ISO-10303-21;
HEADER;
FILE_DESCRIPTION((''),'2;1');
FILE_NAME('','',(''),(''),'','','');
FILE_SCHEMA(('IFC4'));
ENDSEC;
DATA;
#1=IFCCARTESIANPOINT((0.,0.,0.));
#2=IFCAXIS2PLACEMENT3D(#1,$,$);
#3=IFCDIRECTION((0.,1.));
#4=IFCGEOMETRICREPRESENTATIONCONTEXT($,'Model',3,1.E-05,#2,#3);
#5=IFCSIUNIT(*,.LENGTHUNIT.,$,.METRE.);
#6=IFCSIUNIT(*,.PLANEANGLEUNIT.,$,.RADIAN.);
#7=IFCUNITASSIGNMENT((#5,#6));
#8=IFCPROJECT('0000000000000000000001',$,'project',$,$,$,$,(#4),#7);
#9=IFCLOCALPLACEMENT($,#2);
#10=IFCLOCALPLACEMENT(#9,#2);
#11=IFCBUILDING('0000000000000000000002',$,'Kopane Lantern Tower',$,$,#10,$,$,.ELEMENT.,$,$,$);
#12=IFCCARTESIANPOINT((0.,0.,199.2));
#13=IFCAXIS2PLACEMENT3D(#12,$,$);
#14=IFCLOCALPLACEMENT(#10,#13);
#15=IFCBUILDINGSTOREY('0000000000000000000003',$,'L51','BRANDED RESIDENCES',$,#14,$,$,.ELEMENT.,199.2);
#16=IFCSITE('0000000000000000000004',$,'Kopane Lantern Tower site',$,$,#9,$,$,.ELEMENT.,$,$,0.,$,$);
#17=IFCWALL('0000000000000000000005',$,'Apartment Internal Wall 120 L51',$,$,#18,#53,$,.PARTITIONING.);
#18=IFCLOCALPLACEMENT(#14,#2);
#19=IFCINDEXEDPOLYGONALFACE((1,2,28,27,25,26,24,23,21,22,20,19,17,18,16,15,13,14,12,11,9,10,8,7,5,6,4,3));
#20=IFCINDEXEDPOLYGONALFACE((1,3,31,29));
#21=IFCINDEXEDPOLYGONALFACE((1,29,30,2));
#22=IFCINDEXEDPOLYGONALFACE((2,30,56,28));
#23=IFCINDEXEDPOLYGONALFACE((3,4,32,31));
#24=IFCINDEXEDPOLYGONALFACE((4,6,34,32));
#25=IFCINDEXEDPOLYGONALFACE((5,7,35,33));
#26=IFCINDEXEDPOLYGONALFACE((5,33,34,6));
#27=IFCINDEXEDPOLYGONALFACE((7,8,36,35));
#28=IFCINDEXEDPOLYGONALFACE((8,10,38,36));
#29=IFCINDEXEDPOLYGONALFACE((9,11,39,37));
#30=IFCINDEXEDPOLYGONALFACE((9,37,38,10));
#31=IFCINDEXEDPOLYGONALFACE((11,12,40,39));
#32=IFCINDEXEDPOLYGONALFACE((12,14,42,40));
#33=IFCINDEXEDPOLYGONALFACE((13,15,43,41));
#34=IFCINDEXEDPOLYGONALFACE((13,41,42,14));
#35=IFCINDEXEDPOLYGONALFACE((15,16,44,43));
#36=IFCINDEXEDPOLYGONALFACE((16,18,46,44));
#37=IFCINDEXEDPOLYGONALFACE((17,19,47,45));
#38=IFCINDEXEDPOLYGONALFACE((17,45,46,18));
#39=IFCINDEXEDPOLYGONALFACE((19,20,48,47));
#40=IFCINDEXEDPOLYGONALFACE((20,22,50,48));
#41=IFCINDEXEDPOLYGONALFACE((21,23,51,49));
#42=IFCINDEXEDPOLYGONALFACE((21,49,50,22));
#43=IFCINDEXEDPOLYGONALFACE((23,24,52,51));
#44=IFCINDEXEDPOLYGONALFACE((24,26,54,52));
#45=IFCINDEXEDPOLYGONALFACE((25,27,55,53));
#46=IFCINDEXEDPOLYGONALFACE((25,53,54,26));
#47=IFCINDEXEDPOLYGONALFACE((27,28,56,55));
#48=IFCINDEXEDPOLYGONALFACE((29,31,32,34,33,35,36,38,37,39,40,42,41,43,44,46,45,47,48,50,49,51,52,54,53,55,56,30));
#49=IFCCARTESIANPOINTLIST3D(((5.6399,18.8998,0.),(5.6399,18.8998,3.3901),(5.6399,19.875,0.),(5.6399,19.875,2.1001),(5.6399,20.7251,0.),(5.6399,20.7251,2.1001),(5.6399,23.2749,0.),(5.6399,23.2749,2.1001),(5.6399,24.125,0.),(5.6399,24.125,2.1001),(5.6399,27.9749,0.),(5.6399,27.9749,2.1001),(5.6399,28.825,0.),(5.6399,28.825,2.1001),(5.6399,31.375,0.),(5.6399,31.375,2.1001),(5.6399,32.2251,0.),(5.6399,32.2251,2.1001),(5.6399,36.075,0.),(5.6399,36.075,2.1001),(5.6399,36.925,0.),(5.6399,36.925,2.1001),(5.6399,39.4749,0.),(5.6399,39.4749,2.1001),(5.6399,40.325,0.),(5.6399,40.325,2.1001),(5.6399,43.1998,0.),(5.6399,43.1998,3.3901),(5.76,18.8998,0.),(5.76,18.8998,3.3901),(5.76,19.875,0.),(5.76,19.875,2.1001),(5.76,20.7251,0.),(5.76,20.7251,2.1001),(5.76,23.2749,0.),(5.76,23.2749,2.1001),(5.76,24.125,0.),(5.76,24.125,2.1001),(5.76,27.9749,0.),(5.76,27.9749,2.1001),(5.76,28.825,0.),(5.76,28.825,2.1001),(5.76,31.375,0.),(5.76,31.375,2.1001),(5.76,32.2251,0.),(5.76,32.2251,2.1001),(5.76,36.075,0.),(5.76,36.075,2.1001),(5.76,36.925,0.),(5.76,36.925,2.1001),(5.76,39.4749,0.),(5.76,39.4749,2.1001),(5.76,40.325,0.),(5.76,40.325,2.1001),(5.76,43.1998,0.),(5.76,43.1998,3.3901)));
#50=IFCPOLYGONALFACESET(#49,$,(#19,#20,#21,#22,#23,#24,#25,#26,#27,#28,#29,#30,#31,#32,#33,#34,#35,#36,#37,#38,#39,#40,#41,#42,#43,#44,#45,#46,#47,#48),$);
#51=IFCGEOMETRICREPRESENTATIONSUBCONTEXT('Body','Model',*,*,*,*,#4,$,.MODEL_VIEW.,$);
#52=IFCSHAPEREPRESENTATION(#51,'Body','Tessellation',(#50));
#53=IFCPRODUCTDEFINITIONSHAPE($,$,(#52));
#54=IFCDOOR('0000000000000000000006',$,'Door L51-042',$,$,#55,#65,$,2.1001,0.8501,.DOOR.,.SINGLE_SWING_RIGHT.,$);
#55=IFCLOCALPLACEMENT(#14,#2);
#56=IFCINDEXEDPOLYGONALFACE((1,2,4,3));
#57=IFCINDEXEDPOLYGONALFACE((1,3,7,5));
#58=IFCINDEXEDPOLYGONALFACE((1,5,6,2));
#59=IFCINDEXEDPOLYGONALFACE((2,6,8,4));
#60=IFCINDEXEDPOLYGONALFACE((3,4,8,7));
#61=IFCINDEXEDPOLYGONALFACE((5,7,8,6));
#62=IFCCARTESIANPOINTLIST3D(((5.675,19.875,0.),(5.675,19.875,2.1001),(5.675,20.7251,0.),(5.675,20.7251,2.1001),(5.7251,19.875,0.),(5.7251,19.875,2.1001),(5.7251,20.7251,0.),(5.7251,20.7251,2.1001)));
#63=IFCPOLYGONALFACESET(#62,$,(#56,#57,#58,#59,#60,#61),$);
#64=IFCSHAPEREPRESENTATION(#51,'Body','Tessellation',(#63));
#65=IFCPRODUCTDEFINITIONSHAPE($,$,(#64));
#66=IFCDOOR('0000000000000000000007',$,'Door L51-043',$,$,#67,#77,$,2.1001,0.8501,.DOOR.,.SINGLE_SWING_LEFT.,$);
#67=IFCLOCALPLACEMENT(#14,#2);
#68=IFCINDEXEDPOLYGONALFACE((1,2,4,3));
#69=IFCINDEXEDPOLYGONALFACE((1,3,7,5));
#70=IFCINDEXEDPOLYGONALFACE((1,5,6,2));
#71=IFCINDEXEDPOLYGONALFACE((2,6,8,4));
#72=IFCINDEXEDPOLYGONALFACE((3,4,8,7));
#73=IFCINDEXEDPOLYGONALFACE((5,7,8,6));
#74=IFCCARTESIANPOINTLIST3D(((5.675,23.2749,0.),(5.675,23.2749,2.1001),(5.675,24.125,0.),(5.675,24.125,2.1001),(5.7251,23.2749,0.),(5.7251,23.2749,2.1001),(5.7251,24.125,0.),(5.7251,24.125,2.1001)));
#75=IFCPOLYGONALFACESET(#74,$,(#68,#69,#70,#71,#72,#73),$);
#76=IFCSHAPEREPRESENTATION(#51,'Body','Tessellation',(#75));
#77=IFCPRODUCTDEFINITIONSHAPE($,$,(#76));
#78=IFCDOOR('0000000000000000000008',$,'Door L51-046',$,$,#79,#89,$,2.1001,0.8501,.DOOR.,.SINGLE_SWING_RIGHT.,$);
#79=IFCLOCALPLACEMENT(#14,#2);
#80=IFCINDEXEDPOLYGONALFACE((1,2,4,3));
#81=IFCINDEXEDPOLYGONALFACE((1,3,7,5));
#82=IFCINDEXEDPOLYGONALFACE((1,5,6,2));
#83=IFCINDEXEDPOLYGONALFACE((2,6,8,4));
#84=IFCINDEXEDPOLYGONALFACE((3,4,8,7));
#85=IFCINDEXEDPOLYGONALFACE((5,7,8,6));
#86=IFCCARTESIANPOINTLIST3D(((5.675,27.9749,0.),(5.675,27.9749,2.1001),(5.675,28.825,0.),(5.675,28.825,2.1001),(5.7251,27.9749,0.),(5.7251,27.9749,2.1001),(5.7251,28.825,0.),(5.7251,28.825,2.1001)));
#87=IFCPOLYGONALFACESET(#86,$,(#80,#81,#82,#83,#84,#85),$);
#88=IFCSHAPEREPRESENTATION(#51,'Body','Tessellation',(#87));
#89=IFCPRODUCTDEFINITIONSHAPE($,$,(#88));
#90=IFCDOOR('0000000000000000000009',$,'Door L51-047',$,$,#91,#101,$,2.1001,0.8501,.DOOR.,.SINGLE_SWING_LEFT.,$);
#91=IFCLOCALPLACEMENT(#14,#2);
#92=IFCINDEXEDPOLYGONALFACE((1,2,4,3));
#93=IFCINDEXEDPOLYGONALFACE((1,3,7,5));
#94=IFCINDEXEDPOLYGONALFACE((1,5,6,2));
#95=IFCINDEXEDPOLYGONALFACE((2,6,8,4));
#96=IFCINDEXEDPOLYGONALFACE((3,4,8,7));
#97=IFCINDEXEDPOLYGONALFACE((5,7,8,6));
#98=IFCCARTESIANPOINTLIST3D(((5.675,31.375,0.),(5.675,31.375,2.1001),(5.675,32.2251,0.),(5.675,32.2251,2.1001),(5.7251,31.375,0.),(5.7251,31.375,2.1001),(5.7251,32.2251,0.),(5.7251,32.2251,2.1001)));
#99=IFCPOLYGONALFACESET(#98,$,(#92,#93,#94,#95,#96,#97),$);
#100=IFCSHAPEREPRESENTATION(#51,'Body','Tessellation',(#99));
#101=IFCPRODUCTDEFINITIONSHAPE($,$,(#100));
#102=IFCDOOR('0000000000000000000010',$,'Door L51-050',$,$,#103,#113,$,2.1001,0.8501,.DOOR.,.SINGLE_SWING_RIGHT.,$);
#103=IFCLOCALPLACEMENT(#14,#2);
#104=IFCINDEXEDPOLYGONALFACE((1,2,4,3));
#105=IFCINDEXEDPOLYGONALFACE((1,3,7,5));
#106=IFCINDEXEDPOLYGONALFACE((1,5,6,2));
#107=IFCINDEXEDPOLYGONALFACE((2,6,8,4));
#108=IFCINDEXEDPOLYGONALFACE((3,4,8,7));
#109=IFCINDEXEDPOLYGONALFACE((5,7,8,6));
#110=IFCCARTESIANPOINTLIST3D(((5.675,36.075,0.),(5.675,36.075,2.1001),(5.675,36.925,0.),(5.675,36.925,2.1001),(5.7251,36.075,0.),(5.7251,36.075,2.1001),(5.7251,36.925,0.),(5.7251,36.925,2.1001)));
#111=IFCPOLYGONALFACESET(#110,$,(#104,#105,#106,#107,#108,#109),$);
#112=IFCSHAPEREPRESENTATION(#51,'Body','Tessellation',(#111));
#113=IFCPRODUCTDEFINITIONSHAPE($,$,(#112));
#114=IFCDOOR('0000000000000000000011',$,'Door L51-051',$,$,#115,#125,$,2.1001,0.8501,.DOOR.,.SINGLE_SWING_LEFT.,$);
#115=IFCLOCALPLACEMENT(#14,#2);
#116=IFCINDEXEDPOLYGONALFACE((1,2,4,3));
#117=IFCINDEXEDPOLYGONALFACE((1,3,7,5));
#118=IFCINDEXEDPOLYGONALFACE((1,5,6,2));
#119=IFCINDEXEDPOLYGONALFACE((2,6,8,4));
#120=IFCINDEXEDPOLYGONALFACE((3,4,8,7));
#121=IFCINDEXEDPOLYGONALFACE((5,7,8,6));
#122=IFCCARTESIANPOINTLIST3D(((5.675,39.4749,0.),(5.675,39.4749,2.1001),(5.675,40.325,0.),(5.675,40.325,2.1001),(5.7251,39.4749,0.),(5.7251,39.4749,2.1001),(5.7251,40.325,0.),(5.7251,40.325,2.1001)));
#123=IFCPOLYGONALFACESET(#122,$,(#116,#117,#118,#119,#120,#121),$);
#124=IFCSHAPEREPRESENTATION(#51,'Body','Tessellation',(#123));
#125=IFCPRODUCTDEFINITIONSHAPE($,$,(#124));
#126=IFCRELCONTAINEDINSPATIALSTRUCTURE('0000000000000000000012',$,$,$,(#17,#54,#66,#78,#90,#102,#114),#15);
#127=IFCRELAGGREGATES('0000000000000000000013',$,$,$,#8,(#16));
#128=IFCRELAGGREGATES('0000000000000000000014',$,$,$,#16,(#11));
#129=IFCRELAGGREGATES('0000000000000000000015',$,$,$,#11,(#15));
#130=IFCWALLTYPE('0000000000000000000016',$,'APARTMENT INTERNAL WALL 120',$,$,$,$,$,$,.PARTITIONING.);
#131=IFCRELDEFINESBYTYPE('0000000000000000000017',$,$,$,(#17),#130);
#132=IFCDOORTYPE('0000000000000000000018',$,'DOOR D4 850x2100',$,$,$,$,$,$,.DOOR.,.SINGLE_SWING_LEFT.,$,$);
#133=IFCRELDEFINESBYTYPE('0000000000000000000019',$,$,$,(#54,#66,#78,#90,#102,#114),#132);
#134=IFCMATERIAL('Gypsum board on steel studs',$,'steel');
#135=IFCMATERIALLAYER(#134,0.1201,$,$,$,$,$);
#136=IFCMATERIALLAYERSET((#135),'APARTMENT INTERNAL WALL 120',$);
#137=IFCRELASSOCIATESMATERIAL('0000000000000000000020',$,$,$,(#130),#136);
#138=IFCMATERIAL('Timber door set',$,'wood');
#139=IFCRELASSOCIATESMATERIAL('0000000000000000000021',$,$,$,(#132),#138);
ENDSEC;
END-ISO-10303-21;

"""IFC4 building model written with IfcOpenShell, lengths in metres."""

from ifc_helpers import new_model, si_unit, direction, frame, frame_2d, origin, place, context, subcontext, project, spatial, rectangle, extrude, material, layer, layer_set, type_object, element, fill, save


model = new_model("IFC4")

# Units and contexts
model_context = context("Model", 3, precision=1e-05, world=origin(), true_north=direction((0.0, 1.0)))
body_context = subcontext(model_context, "Body", "Model", "MODEL_VIEW")
ifc_project = project(units=[si_unit("LENGTHUNIT", "METRE"), si_unit("PLANEANGLEUNIT", "RADIAN")], contexts=[model_context])

# Site, building, storey
site_placement = place(None, origin())
site = spatial("IfcSite", under=ifc_project, at=site_placement, Name="Kopane Lantern Tower site", CompositionType="ELEMENT", RefElevation=0.0)
building_placement = place(site_placement, origin())
building = spatial("IfcBuilding", under=site, at=building_placement, Name="Kopane Lantern Tower", CompositionType="ELEMENT")
storey_placement = place(building_placement, frame((0.0, 0.0, 199.2)))
storey = spatial("IfcBuildingStorey", under=building, at=storey_placement, Name="L51", Description="BRANDED RESIDENCES", CompositionType="ELEMENT", Elevation=199.2)

# Wall, openings, doors
ifc_material_1 = material(Name="Gypsum board on steel studs", Category="steel")
ifc_layer_1 = layer(ifc_material_1, 0.1201)
ifc_layer_set_1 = layer_set([ifc_layer_1], Name="APARTMENT INTERNAL WALL 120")
wall_type_1 = type_object("IfcWallType", Name="APARTMENT INTERNAL WALL 120", PredefinedType="PARTITIONING", material=ifc_layer_set_1)
wall_1_placement = place(storey_placement, frame((5.7, 18.8999, 0.0), z_axis=(0.0, 0.0, 1.0), x_axis=(0.0, 1.0, 0.0)))
wall_1 = element("IfcWall", 1, at=wall_1_placement, inside=storey, type_object=wall_type_1, Name="Apartment Internal Wall 120 L51", PredefinedType="PARTITIONING", context=body_context, shape_type="SweptSolid", body=[
    extrude(rectangle(XDim=24.3, YDim=0.1201, at=frame_2d((12.1499, 0.0))), origin(), (0.0, 0.0, 1.0), 3.3901),
])
opening_1_placement = place(wall_1_placement, frame((0.9751, 0.0, 0.0)))
opening_1 = element("IfcOpeningElement", 2, at=opening_1_placement, cuts=wall_1, PredefinedType="OPENING", context=body_context, shape_type="SweptSolid", body=[
    extrude(rectangle(XDim=0.8501, YDim=2.1001, at=frame_2d((0.425, 1.05))), frame((0.0, 0.0701, 0.0), z_axis=(0.0, -1.0, 0.0), x_axis=(1.0, 0.0, 0.0)), (0.0, 0.0, 1.0), 0.1401),
])
opening_2_placement = place(wall_1_placement, frame((4.375, 0.0, 0.0)))
opening_2 = element("IfcOpeningElement", 3, at=opening_2_placement, cuts=wall_1, PredefinedType="OPENING", context=body_context, shape_type="SweptSolid", body=[
    extrude(rectangle(XDim=0.8501, YDim=2.1001, at=frame_2d((0.425, 1.05))), frame((0.0, 0.0701, 0.0), z_axis=(0.0, -1.0, 0.0), x_axis=(1.0, 0.0, 0.0)), (0.0, 0.0, 1.0), 0.1401),
])
opening_3_placement = place(wall_1_placement, frame((9.075, 0.0, 0.0)))
opening_3 = element("IfcOpeningElement", 4, at=opening_3_placement, cuts=wall_1, PredefinedType="OPENING", context=body_context, shape_type="SweptSolid", body=[
    extrude(rectangle(XDim=0.8501, YDim=2.1001, at=frame_2d((0.425, 1.05))), frame((0.0, 0.0701, 0.0), z_axis=(0.0, -1.0, 0.0), x_axis=(1.0, 0.0, 0.0)), (0.0, 0.0, 1.0), 0.1401),
])
opening_4_placement = place(wall_1_placement, frame((12.4751, 0.0, 0.0)))
opening_4 = element("IfcOpeningElement", 5, at=opening_4_placement, cuts=wall_1, PredefinedType="OPENING", context=body_context, shape_type="SweptSolid", body=[
    extrude(rectangle(XDim=0.8501, YDim=2.1001, at=frame_2d((0.425, 1.05))), frame((0.0, 0.0701, 0.0), z_axis=(0.0, -1.0, 0.0), x_axis=(1.0, 0.0, 0.0)), (0.0, 0.0, 1.0), 0.1401),
])
opening_5_placement = place(wall_1_placement, frame((17.175, 0.0, 0.0)))
opening_5 = element("IfcOpeningElement", 6, at=opening_5_placement, cuts=wall_1, PredefinedType="OPENING", context=body_context, shape_type="SweptSolid", body=[
    extrude(rectangle(XDim=0.8501, YDim=2.1001, at=frame_2d((0.425, 1.05))), frame((0.0, 0.0701, 0.0), z_axis=(0.0, -1.0, 0.0), x_axis=(1.0, 0.0, 0.0)), (0.0, 0.0, 1.0), 0.1401),
])
opening_6_placement = place(wall_1_placement, frame((20.575, 0.0, 0.0)))
opening_6 = element("IfcOpeningElement", 7, at=opening_6_placement, cuts=wall_1, PredefinedType="OPENING", context=body_context, shape_type="SweptSolid", body=[
    extrude(rectangle(XDim=0.8501, YDim=2.1001, at=frame_2d((0.425, 1.05))), frame((0.0, 0.0701, 0.0), z_axis=(0.0, -1.0, 0.0), x_axis=(1.0, 0.0, 0.0)), (0.0, 0.0, 1.0), 0.1401),
])
ifc_material_2 = material(Name="Timber door set", Category="wood")
door_type = type_object("IfcDoorType", Name="DOOR D4 850x2100", OperationType="SINGLE_SWING_LEFT", PredefinedType="DOOR", material=ifc_material_2)
door_1_placement = place(opening_1_placement, origin())
door_1 = element("IfcDoor", 8, at=door_1_placement, inside=storey, type_object=door_type, Name="Door L51-042", OperationType="SINGLE_SWING_RIGHT", OverallHeight=2.1001, OverallWidth=0.8501, PredefinedType="DOOR", context=body_context, shape_type="SweptSolid", body=[
    extrude(rectangle(XDim=0.8501, YDim=2.1001, at=frame_2d((0.425, 1.05))), frame((0.0, 0.0249, 0.0), z_axis=(0.0, -1.0, 0.0), x_axis=(1.0, 0.0, 0.0)), (0.0, 0.0, 1.0), 0.05),
])
fill(opening_1, door_1)
door_2_placement = place(opening_2_placement, origin())
door_2 = element("IfcDoor", 9, at=door_2_placement, inside=storey, type_object=door_type, Name="Door L51-043", OperationType="SINGLE_SWING_LEFT", OverallHeight=2.1001, OverallWidth=0.8501, PredefinedType="DOOR", context=body_context, shape_type="SweptSolid", body=[
    extrude(rectangle(XDim=0.8501, YDim=2.1001, at=frame_2d((0.425, 1.05))), frame((0.0, 0.0249, 0.0), z_axis=(0.0, -1.0, 0.0), x_axis=(1.0, 0.0, 0.0)), (0.0, 0.0, 1.0), 0.05),
])
fill(opening_2, door_2)
door_3_placement = place(opening_3_placement, origin())
door_3 = element("IfcDoor", 10, at=door_3_placement, inside=storey, type_object=door_type, Name="Door L51-046", OperationType="SINGLE_SWING_RIGHT", OverallHeight=2.1001, OverallWidth=0.8501, PredefinedType="DOOR", context=body_context, shape_type="SweptSolid", body=[
    extrude(rectangle(XDim=0.8501, YDim=2.1001, at=frame_2d((0.425, 1.05))), frame((0.0, 0.0249, 0.0), z_axis=(0.0, -1.0, 0.0), x_axis=(1.0, 0.0, 0.0)), (0.0, 0.0, 1.0), 0.05),
])
fill(opening_3, door_3)
door_4_placement = place(opening_4_placement, origin())
door_4 = element("IfcDoor", 11, at=door_4_placement, inside=storey, type_object=door_type, Name="Door L51-047", OperationType="SINGLE_SWING_LEFT", OverallHeight=2.1001, OverallWidth=0.8501, PredefinedType="DOOR", context=body_context, shape_type="SweptSolid", body=[
    extrude(rectangle(XDim=0.8501, YDim=2.1001, at=frame_2d((0.425, 1.05))), frame((0.0, 0.0249, 0.0), z_axis=(0.0, -1.0, 0.0), x_axis=(1.0, 0.0, 0.0)), (0.0, 0.0, 1.0), 0.05),
])
fill(opening_4, door_4)
door_5_placement = place(opening_5_placement, origin())
door_5 = element("IfcDoor", 12, at=door_5_placement, inside=storey, type_object=door_type, Name="Door L51-050", OperationType="SINGLE_SWING_RIGHT", OverallHeight=2.1001, OverallWidth=0.8501, PredefinedType="DOOR", context=body_context, shape_type="SweptSolid", body=[
    extrude(rectangle(XDim=0.8501, YDim=2.1001, at=frame_2d((0.425, 1.05))), frame((0.0, 0.0249, 0.0), z_axis=(0.0, -1.0, 0.0), x_axis=(1.0, 0.0, 0.0)), (0.0, 0.0, 1.0), 0.05),
])
fill(opening_5, door_5)
door_6_placement = place(opening_6_placement, origin())
door_6 = element("IfcDoor", 13, at=door_6_placement, inside=storey, type_object=door_type, Name="Door L51-051", OperationType="SINGLE_SWING_LEFT", OverallHeight=2.1001, OverallWidth=0.8501, PredefinedType="DOOR", context=body_context, shape_type="SweptSolid", body=[
    extrude(rectangle(XDim=0.8501, YDim=2.1001, at=frame_2d((0.425, 1.05))), frame((0.0, 0.0249, 0.0), z_axis=(0.0, -1.0, 0.0), x_axis=(1.0, 0.0, 0.0)), (0.0, 0.0, 1.0), 0.05),
])
fill(opening_6, door_6)

save(model, "model.ifc")
